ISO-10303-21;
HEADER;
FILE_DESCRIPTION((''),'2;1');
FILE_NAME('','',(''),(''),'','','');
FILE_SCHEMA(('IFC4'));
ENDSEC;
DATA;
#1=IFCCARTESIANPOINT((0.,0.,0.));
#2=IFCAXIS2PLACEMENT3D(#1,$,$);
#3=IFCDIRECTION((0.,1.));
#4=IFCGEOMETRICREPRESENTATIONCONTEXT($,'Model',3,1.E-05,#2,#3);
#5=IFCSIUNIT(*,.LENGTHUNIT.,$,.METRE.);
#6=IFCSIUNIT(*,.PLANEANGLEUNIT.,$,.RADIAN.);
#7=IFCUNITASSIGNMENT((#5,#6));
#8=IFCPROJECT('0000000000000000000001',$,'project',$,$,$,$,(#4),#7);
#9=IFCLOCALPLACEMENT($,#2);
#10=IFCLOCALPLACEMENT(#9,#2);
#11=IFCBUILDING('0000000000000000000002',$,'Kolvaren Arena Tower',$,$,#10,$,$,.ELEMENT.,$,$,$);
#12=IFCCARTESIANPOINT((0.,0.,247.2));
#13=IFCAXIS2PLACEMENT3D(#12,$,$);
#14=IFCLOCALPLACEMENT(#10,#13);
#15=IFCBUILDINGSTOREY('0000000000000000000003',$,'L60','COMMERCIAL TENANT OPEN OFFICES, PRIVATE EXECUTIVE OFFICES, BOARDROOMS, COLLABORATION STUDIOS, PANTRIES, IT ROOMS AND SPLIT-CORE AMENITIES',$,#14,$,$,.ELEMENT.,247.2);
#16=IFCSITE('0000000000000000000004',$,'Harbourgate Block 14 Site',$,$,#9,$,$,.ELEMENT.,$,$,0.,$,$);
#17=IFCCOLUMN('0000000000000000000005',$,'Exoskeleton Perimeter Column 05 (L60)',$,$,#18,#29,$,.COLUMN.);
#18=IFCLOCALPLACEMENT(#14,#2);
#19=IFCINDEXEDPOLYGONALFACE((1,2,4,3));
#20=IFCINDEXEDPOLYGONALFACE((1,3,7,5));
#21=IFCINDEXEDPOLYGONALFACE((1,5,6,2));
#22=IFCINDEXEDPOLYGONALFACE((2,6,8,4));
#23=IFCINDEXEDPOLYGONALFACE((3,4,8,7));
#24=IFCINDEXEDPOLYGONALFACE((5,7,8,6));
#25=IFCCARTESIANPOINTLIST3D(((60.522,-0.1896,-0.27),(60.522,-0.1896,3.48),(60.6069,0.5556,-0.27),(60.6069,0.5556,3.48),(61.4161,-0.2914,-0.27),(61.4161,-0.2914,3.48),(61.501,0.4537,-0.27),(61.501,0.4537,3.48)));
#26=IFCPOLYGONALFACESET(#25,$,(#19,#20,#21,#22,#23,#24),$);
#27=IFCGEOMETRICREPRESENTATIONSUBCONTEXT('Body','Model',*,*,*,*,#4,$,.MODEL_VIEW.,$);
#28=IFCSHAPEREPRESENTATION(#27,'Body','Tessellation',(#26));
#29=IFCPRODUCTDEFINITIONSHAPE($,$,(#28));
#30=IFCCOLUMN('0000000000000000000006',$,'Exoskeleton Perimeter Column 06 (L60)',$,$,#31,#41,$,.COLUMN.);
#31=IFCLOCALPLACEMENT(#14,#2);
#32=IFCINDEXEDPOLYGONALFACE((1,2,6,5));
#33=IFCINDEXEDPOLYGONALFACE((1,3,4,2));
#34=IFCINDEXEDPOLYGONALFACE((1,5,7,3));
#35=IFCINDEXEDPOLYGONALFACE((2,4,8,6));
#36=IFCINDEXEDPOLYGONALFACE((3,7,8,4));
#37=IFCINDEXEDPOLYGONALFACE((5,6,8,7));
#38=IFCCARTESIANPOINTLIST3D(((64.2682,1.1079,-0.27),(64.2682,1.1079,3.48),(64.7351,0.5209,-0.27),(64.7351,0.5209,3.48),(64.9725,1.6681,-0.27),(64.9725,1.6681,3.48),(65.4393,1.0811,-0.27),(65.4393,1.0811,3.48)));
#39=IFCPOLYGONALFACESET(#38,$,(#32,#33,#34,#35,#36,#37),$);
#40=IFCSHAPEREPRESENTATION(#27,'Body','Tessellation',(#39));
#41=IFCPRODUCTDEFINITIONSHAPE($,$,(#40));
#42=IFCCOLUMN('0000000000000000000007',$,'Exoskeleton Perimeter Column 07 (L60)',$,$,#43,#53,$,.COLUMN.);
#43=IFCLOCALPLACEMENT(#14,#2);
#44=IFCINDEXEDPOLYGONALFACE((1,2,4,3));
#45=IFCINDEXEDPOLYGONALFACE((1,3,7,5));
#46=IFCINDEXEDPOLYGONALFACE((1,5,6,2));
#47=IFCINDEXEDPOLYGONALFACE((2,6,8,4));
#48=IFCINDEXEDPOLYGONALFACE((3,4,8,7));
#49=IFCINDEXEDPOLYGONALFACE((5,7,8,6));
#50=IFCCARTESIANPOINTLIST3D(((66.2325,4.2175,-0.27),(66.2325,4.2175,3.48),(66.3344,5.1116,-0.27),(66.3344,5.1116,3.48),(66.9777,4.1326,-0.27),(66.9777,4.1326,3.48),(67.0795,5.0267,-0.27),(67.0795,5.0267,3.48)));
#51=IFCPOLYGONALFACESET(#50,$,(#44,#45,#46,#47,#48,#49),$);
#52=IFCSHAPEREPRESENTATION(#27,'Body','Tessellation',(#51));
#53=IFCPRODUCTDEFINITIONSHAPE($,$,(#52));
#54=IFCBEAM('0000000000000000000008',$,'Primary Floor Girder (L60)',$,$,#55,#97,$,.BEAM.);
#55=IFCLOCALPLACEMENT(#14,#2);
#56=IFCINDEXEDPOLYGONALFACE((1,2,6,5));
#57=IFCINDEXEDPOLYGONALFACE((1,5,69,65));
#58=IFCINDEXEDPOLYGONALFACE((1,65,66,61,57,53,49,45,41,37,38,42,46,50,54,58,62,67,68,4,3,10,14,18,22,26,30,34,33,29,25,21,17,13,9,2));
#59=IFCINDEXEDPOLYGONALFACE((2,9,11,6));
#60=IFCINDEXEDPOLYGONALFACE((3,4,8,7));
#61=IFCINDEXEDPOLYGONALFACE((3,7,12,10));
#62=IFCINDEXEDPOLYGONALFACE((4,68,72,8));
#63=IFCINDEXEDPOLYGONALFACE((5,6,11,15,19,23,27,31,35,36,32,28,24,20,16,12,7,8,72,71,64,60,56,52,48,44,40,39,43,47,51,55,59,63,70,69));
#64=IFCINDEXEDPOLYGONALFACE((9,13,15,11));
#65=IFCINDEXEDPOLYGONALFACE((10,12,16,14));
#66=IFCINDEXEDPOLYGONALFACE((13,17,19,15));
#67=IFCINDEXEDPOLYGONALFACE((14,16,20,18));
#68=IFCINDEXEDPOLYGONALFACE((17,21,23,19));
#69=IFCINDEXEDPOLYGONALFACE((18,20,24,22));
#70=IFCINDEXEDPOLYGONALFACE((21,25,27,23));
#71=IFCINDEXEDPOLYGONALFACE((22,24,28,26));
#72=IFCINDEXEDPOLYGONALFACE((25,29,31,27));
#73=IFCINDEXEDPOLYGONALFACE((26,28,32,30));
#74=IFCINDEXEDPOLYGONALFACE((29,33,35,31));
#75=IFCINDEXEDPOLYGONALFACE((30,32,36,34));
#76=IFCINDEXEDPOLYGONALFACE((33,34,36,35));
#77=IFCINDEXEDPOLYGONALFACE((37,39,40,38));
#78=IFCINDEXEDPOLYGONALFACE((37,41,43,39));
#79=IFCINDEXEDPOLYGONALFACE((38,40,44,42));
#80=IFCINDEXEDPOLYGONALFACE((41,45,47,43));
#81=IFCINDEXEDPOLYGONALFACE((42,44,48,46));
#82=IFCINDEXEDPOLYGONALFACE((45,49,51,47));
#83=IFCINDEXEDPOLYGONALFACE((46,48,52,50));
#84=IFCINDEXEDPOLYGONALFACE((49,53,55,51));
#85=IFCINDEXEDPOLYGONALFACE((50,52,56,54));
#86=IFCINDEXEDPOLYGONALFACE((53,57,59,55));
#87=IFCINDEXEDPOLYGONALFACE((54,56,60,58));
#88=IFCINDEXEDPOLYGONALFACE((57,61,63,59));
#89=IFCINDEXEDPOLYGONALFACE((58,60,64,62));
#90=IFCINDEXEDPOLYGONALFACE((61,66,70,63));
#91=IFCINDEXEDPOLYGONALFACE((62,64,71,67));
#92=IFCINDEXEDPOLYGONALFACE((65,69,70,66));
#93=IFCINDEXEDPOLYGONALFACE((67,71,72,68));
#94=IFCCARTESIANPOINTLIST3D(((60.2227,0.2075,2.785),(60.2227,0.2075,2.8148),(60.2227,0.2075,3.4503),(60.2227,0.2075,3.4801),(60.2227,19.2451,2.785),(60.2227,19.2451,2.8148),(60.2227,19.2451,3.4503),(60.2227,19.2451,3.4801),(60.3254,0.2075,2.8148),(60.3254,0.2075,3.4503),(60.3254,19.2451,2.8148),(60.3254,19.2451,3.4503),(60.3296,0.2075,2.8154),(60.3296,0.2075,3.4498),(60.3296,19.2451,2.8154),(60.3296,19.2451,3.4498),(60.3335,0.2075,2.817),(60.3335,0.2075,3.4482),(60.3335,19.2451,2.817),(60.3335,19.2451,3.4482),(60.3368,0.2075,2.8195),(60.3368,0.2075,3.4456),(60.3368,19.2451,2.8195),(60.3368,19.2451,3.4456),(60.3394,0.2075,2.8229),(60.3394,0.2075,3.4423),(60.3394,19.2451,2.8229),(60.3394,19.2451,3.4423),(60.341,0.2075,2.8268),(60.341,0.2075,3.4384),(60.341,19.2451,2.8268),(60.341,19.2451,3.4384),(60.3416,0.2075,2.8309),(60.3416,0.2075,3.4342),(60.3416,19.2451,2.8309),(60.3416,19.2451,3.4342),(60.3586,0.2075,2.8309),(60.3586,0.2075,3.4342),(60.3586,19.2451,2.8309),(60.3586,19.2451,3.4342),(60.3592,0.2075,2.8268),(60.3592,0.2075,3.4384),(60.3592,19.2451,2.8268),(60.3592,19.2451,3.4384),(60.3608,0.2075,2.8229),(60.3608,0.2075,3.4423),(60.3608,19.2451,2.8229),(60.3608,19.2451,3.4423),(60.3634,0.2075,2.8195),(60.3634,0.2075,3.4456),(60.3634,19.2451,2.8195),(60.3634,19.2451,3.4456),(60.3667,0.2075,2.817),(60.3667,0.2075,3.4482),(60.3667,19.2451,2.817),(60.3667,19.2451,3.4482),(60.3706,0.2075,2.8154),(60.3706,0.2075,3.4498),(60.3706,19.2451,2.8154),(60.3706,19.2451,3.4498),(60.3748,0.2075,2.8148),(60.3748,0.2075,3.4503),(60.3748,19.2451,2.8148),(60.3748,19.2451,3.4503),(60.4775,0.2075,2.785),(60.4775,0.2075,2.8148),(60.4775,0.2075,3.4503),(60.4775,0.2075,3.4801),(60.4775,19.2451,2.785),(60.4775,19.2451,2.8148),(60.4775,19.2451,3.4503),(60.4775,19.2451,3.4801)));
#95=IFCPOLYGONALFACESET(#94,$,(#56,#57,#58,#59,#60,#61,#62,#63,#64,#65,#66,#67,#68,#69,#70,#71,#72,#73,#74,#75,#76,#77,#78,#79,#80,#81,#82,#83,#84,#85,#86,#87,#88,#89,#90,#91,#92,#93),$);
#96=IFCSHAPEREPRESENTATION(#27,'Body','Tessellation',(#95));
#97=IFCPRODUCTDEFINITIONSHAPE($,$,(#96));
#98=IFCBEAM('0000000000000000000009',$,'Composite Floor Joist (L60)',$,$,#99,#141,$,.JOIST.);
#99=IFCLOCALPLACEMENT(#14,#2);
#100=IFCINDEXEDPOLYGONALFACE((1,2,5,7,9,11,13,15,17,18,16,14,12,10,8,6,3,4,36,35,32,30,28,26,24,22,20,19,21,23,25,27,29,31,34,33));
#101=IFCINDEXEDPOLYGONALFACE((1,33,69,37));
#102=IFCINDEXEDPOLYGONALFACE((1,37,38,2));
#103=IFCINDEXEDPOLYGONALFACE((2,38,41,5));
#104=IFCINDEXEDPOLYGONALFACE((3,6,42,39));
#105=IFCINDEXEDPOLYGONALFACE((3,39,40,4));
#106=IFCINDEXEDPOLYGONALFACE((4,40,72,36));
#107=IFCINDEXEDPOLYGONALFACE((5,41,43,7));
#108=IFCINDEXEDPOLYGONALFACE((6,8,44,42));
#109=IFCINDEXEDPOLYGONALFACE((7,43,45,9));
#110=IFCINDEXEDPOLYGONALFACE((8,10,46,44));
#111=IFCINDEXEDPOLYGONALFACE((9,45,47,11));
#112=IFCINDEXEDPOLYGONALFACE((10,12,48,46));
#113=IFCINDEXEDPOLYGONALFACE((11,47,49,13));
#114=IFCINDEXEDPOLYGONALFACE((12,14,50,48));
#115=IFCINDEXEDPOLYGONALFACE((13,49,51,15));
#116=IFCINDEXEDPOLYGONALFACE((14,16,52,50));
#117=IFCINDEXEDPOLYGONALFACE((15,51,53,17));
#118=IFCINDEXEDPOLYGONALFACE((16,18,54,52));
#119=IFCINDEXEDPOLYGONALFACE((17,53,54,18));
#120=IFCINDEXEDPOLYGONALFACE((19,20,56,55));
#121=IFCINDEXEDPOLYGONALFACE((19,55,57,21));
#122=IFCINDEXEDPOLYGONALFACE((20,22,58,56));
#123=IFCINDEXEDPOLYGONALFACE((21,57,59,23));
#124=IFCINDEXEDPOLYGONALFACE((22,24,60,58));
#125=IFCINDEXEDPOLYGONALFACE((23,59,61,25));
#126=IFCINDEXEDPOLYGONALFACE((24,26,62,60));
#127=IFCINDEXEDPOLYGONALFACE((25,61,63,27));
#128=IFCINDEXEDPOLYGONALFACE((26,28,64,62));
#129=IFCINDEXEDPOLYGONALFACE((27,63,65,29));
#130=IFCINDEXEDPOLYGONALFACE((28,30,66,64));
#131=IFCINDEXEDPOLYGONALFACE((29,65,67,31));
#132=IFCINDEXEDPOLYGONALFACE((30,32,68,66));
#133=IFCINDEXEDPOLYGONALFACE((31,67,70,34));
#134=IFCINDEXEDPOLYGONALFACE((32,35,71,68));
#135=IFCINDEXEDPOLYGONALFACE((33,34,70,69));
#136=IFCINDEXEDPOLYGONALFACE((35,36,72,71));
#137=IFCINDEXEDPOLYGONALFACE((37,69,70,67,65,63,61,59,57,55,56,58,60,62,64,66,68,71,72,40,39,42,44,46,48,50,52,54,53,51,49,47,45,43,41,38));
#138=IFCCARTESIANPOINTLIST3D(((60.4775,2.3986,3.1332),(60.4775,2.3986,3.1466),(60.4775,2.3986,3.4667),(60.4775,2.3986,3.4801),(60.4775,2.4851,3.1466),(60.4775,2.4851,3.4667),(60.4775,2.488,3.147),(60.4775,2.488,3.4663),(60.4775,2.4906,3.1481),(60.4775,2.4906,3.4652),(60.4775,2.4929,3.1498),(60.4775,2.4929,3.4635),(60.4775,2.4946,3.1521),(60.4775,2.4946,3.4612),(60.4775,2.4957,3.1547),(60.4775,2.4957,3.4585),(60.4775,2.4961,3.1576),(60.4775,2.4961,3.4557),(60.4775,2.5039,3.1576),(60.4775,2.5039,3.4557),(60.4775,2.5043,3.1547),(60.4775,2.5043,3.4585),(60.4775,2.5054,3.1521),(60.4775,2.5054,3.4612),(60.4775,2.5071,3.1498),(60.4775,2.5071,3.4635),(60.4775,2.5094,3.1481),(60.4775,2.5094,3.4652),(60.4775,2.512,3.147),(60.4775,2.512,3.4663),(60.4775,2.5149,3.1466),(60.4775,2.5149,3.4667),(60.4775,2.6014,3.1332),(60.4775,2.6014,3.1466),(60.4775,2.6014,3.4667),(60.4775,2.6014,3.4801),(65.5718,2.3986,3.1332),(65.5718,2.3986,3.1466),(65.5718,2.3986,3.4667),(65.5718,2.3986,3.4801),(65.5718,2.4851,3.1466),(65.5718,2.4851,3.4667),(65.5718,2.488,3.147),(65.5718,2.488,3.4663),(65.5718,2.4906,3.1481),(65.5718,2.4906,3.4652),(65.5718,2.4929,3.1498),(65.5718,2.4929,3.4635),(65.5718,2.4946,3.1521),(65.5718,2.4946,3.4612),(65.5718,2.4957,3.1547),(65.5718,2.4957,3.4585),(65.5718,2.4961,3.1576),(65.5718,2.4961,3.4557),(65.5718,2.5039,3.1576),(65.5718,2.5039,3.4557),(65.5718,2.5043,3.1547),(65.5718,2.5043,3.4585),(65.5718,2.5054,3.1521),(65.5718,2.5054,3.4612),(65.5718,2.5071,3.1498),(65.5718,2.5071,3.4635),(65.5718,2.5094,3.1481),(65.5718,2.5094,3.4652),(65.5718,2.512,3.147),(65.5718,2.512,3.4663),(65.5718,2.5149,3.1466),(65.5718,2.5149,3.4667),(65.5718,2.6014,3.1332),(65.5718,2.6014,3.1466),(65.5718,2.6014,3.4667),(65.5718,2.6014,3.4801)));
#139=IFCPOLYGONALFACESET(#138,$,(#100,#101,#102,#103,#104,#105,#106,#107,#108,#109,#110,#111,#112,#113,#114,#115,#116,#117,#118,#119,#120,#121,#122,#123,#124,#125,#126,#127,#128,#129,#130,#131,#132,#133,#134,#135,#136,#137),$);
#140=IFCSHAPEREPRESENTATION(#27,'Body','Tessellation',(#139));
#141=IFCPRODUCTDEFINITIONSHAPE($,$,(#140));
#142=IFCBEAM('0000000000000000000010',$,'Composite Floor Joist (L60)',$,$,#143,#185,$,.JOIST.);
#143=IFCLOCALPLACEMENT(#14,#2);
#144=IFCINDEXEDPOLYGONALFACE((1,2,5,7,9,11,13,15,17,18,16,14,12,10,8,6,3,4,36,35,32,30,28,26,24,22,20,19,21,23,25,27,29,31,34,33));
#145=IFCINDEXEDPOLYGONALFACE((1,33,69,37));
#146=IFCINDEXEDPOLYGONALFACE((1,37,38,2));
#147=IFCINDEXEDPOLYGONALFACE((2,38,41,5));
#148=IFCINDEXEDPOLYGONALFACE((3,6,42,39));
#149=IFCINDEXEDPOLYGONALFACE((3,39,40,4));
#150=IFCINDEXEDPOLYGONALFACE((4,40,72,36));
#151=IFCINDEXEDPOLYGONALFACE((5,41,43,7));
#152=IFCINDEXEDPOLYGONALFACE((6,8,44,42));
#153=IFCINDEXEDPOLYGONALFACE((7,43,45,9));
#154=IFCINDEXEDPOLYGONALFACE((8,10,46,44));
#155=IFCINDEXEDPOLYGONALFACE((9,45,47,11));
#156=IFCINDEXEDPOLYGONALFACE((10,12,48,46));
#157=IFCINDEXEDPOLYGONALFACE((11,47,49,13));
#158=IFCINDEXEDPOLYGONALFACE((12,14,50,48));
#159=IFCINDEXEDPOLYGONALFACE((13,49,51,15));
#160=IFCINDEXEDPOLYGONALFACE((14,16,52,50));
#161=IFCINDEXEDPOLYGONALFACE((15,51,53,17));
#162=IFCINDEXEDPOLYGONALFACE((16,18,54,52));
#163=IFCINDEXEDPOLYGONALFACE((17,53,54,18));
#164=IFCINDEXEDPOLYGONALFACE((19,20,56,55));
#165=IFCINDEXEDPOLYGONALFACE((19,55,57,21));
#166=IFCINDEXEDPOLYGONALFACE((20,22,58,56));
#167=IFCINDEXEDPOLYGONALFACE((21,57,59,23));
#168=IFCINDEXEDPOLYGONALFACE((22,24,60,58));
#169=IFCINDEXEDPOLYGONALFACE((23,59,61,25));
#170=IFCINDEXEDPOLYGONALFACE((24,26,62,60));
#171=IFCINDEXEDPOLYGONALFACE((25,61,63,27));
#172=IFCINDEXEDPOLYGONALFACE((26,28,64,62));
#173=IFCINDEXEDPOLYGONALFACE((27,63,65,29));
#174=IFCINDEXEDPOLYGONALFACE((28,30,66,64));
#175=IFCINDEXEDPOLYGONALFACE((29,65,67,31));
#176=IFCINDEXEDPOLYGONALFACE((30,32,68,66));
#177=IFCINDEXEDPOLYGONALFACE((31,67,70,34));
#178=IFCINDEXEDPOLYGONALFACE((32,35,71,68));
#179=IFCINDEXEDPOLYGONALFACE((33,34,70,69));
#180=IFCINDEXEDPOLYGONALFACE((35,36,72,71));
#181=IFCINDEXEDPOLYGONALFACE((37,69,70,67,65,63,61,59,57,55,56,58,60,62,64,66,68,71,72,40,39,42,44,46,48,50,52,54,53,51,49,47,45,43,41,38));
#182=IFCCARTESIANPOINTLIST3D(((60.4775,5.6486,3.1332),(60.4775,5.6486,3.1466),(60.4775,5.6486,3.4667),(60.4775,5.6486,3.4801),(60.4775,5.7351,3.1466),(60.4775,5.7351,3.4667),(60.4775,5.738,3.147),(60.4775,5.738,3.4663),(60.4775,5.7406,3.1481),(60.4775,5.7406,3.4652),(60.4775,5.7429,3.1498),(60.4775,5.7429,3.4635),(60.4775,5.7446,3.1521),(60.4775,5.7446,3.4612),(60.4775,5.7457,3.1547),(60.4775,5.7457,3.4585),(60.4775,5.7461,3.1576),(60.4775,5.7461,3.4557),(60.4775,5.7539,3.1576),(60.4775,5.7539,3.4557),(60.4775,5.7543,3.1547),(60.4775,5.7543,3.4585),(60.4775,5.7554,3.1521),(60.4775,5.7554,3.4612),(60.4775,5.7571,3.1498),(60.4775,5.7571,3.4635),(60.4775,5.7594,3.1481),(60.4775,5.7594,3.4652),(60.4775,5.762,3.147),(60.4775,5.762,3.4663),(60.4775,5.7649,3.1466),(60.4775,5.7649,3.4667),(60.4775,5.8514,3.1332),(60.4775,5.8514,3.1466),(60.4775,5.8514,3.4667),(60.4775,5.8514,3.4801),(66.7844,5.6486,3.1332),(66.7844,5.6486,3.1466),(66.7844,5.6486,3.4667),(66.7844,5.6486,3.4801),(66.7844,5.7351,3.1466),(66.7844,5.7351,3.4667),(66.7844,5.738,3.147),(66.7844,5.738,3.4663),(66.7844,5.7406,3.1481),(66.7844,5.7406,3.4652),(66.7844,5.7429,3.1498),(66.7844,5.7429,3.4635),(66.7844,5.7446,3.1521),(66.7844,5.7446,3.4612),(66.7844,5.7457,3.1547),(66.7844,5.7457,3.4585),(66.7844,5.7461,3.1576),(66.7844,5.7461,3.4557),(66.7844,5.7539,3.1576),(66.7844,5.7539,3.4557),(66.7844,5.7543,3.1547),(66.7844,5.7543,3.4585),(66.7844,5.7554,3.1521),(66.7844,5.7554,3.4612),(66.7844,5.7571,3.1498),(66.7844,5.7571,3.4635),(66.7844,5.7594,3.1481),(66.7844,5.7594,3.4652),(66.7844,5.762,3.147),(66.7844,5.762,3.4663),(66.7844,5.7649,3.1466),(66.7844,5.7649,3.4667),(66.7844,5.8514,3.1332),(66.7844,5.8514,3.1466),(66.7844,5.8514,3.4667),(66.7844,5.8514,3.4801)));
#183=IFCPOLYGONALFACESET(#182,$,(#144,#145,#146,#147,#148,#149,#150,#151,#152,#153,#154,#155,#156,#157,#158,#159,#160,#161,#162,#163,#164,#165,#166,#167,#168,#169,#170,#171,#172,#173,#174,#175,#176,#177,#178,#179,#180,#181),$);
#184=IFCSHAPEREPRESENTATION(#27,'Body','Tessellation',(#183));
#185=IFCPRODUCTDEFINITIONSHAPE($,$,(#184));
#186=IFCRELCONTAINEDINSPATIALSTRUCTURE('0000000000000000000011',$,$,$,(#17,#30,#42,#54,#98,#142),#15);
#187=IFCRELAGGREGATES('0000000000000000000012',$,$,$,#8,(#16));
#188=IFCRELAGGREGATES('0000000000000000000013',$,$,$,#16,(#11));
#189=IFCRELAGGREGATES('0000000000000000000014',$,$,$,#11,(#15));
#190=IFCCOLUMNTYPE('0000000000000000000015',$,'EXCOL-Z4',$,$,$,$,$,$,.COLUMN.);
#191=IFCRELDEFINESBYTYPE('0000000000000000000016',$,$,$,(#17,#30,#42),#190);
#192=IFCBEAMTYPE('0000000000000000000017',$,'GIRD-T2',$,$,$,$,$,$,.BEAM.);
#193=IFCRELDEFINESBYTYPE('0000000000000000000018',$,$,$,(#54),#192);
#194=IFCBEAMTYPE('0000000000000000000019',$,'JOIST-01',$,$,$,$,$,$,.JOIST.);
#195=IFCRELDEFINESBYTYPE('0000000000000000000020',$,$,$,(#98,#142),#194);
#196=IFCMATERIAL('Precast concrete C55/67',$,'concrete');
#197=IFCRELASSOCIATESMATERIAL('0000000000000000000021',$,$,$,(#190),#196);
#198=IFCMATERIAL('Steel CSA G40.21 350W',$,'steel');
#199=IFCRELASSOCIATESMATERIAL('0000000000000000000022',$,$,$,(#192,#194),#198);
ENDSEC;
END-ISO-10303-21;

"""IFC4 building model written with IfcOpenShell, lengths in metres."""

from ifc_helpers import new_model, si_unit, direction, frame, origin, origin_2d, place, context, subcontext, project, spatial, rectangle, i_section, extrude, material, material_profile, profile_set, type_object, element, save


model = new_model("IFC4")

# Units and contexts
model_context = context("Model", 3, precision=1e-05, world=origin(), true_north=direction((0.0, 1.0)))
body_context = subcontext(model_context, "Body", "Model", "MODEL_VIEW")
ifc_project = project(units=[si_unit("LENGTHUNIT", "METRE"), si_unit("PLANEANGLEUNIT", "RADIAN")], contexts=[model_context])

# Site, building, storey
site_placement = place(None, origin())
site = spatial("IfcSite", under=ifc_project, at=site_placement, Name="Harbourgate Block 14 Site", CompositionType="ELEMENT", RefElevation=0.0)
building_placement = place(site_placement, origin())
building = spatial("IfcBuilding", under=site, at=building_placement, Name="Kolvaren Arena Tower", CompositionType="ELEMENT")
storey_placement = place(building_placement, frame((0.0, 0.0, 247.2)))
storey = spatial("IfcBuildingStorey", under=building, at=storey_placement, Name="L60", Description="COMMERCIAL TENANT OPEN OFFICES, PRIVATE EXECUTIVE OFFICES, BOARDROOMS, COLLABORATION STUDIOS, PANTRIES, IT ROOMS AND SPLIT-CORE AMENITIES", CompositionType="ELEMENT", Elevation=247.2)

# Columns
ifc_material_1 = material(Name="Precast concrete C55/67", Category="concrete")
ifc_material_profile_1 = material_profile(ifc_material_1, rectangle(XDim=0.8999, YDim=0.75, at=origin_2d()), Name="RC-900x750")
ifc_profile_set_1 = profile_set([ifc_material_profile_1], Name="Precast concrete C55/67")
column_type = type_object("IfcColumnType", Name="EXCOL-Z4", PredefinedType="COLUMN", material=ifc_profile_set_1)
for number, where, z_axis, x_axis, name in (
    (1, (61.0115, 0.1321, -0.27), (0.0, 0.0, 1.0), (0.993572, -0.113203, 0.0), "Exoskeleton Perimeter Column 05 (L60)"),
    (2, (64.8538, 1.0945, -0.27), (0.0, 0.0, 1.0), (0.782608, 0.622515, 0.0), "Exoskeleton Perimeter Column 06 (L60)"),
    (3, (66.656, 4.6221, -0.27), (0.0, 0.0, 1.0), (0.113203, 0.993572, 0.0), "Exoskeleton Perimeter Column 07 (L60)"),
):
    element("IfcColumn", number, at=place(storey_placement, frame(where, z_axis=z_axis, x_axis=x_axis)), inside=storey, type_object=column_type, Name=name, PredefinedType="COLUMN", context=body_context, shape_type="SweptSolid", body=[
        extrude(rectangle(XDim=0.8999, YDim=0.75, at=origin_2d()), origin(), (0.0, 0.0, 1.0), 3.75),
    ])

# Beams
ifc_material_2 = material(Name="Steel CSA G40.21 350W", Category="steel")
ifc_material_profile_2 = material_profile(ifc_material_2, i_section(OverallWidth=0.2549, OverallDepth=0.6951, WebThickness=0.0171, FlangeThickness=0.0298, FilletRadius=0.0161, at=origin_2d()), Name="W690x217")
ifc_profile_set_2 = profile_set([ifc_material_profile_2], Name="Steel CSA G40.21 350W")
beam_type_1 = type_object("IfcBeamType", Name="GIRD-T2", PredefinedType="BEAM", material=ifc_profile_set_2)
beam_1_placement = place(storey_placement, frame((60.3501, 0.2075, 3.1326), z_axis=(0.0, 1.0, 0.0), x_axis=(-1.0, 0.0, 0.0)))
element("IfcBeam", 4, at=beam_1_placement, inside=storey, type_object=beam_type_1, Name="Primary Floor Girder (L60)", PredefinedType="BEAM", context=body_context, shape_type="SweptSolid", body=[
    extrude(i_section(OverallWidth=0.2549, OverallDepth=0.6951, WebThickness=0.0171, FlangeThickness=0.0298, FilletRadius=0.0161, at=origin_2d()), origin(), (0.0, 0.0, 1.0), 19.0376),
])
ifc_material_profile_3 = material_profile(ifc_material_2, i_section(OverallWidth=0.2029, OverallDepth=0.3469, WebThickness=0.0078, FlangeThickness=0.0134, FilletRadius=0.011, at=origin_2d()), Name="W360x64")
ifc_profile_set_3 = profile_set([ifc_material_profile_3], Name="Steel CSA G40.21 350W")
beam_type_2 = type_object("IfcBeamType", Name="JOIST-01", PredefinedType="JOIST", material=ifc_profile_set_3)
beam_2_placement = place(storey_placement, frame((60.4775, 2.5, 3.3066), z_axis=(1.0, 0.0, 0.0), x_axis=(0.0, 1.0, 0.0)))
element("IfcBeam", 5, at=beam_2_placement, inside=storey, type_object=beam_type_2, Name="Composite Floor Joist (L60)", PredefinedType="JOIST", context=body_context, shape_type="SweptSolid", body=[
    extrude(i_section(OverallWidth=0.2029, OverallDepth=0.3469, WebThickness=0.0078, FlangeThickness=0.0134, FilletRadius=0.011, at=origin_2d()), origin(), (0.0, 0.0, 1.0), 5.0942),
])
beam_3_placement = place(storey_placement, frame((60.4775, 5.75, 3.3066), z_axis=(1.0, 0.0, 0.0), x_axis=(0.0, 1.0, 0.0)))
element("IfcBeam", 6, at=beam_3_placement, inside=storey, type_object=beam_type_2, Name="Composite Floor Joist (L60)", PredefinedType="JOIST", context=body_context, shape_type="SweptSolid", body=[
    extrude(i_section(OverallWidth=0.2029, OverallDepth=0.3469, WebThickness=0.0078, FlangeThickness=0.0134, FilletRadius=0.011, at=origin_2d()), origin(), (0.0, 0.0, 1.0), 6.3069),
])

save(model, "model.ifc")
